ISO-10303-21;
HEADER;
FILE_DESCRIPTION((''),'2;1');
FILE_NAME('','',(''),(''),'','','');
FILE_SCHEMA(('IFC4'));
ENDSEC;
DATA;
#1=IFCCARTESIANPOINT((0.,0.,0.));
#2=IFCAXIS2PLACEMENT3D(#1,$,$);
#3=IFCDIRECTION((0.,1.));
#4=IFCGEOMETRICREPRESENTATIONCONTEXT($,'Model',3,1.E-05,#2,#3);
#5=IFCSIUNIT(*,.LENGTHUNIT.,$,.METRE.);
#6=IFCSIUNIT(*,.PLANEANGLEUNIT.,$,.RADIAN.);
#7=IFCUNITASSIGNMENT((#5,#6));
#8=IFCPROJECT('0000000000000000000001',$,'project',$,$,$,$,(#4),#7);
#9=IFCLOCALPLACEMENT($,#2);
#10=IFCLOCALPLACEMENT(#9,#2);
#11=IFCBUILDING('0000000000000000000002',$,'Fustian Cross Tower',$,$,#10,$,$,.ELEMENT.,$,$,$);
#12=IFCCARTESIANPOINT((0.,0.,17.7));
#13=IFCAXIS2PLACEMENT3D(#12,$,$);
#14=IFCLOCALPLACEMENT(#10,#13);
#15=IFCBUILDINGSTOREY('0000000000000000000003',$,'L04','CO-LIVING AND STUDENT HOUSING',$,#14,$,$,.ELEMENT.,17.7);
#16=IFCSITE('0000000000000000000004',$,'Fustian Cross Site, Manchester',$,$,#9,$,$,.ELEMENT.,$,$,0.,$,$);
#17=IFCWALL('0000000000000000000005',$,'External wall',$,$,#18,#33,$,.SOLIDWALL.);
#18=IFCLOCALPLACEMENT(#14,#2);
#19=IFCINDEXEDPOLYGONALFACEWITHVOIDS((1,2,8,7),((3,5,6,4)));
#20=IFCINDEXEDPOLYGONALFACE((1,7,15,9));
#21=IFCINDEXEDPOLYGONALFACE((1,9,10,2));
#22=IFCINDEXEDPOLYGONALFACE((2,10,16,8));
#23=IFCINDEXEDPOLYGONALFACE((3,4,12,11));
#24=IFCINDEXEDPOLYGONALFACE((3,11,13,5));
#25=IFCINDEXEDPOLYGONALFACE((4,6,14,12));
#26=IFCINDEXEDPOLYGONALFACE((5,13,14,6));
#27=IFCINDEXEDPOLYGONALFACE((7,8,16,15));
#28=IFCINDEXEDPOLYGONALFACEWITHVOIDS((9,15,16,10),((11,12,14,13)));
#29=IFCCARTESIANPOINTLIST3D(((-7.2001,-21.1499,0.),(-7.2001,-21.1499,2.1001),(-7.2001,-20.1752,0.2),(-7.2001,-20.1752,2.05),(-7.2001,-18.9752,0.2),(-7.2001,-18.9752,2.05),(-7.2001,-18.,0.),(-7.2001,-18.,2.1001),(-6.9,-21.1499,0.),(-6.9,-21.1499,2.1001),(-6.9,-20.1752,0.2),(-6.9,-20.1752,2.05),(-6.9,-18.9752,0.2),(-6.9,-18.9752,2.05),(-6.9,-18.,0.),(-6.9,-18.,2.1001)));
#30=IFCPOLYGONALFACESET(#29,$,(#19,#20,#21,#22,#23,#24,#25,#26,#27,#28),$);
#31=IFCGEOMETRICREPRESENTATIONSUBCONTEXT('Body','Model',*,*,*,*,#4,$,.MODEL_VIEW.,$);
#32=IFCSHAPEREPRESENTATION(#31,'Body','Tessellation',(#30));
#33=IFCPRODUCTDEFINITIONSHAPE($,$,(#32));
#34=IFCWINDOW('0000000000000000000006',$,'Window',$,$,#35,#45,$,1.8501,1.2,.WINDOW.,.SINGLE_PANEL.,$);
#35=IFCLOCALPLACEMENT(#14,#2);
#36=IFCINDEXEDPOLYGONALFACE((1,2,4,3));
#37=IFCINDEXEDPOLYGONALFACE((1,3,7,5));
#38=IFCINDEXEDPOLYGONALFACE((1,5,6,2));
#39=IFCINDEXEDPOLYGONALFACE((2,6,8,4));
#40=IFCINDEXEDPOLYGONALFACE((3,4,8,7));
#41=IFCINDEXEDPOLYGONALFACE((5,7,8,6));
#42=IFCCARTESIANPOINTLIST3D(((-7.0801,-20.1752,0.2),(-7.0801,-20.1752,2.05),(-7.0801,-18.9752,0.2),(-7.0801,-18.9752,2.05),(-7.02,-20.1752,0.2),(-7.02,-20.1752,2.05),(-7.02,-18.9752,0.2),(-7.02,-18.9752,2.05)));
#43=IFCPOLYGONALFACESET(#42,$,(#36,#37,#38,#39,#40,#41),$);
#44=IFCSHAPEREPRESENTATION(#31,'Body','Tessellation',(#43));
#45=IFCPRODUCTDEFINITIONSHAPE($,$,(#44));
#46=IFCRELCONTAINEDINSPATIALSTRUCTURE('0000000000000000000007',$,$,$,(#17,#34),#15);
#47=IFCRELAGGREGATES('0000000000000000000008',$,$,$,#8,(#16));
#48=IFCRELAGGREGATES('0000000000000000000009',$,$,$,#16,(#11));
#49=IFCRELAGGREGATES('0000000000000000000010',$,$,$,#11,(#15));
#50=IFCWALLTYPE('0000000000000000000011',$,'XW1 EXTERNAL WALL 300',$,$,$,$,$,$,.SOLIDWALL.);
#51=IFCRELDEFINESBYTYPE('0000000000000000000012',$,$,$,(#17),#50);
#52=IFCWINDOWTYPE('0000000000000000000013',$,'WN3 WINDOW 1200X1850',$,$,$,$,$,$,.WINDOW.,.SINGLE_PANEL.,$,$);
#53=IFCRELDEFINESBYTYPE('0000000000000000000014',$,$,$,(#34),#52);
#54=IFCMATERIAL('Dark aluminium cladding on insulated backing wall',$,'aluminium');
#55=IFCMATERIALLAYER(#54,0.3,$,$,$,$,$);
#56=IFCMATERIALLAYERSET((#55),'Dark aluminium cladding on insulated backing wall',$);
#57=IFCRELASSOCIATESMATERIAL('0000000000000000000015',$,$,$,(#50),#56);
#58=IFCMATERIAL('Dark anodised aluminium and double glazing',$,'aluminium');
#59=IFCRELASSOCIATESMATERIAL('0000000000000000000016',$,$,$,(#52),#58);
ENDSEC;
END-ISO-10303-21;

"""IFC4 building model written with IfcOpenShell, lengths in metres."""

from ifc_helpers import new_model, si_unit, direction, frame, frame_2d, origin, place, context, subcontext, project, spatial, rectangle, extrude, material, layer, layer_set, type_object, element, fill, save


model = new_model("IFC4")

# Units and contexts
model_context = context("Model", 3, precision=1e-05, world=origin(), true_north=direction((0.0, 1.0)))
body_context = subcontext(model_context, "Body", "Model", "MODEL_VIEW")
ifc_project = project(units=[si_unit("LENGTHUNIT", "METRE"), si_unit("PLANEANGLEUNIT", "RADIAN")], contexts=[model_context])

# Site, building, storey
site_placement = place(None, origin())
site = spatial("IfcSite", under=ifc_project, at=site_placement, Name="Fustian Cross Site, Manchester", CompositionType="ELEMENT", RefElevation=0.0)
building_placement = place(site_placement, origin())
building = spatial("IfcBuilding", under=site, at=building_placement, Name="Fustian Cross Tower", CompositionType="ELEMENT")
storey_placement = place(building_placement, frame((0.0, 0.0, 17.7)))
storey = spatial("IfcBuildingStorey", under=building, at=storey_placement, Name="L04", Description="CO-LIVING AND STUDENT HOUSING", CompositionType="ELEMENT", Elevation=17.7)

# Shared definitions
ifc_material_1 = material(Name="Dark aluminium cladding on insulated backing wall", Category="aluminium")
ifc_layer_1 = layer(ifc_material_1, 0.3)
ifc_layer_set_1 = layer_set([ifc_layer_1], Name="Dark aluminium cladding on insulated backing wall")
wall_type_1 = type_object("IfcWallType", Name="XW1 EXTERNAL WALL 300", PredefinedType="SOLIDWALL", material=ifc_layer_set_1)

# Wall, opening, window
ifc_material_2 = material(Name="Dark anodised aluminium and double glazing", Category="aluminium")
window_type = type_object("IfcWindowType", Name="WN3 WINDOW 1200X1850", PartitioningType="SINGLE_PANEL", PredefinedType="WINDOW", material=ifc_material_2)
wall_1_placement = place(storey_placement, frame((-7.05, -18.0, 0.0), z_axis=(0.0, 0.0, 1.0), x_axis=(0.0, -1.0, 0.0)))
wall_1 = element("IfcWall", 1, at=wall_1_placement, inside=storey, type_object=wall_type_1, Name="External wall", PredefinedType="SOLIDWALL", context=body_context, shape_type="SweptSolid", body=[
    extrude(rectangle(XDim=3.1499, YDim=0.3, at=frame_2d((1.575, 0.0))), origin(), (0.0, 0.0, 1.0), 2.1001),
])
opening_1_placement = place(wall_1_placement, frame((0.9751, 0.0, 0.2)))
opening_1 = element("IfcOpeningElement", 2, at=opening_1_placement, cuts=wall_1, PredefinedType="OPENING", context=body_context, shape_type="SweptSolid", body=[
    extrude(rectangle(XDim=1.2, YDim=1.8501, at=frame_2d((0.6001, 0.925))), frame((0.0, 0.1599, 0.0), z_axis=(0.0, -1.0, 0.0), x_axis=(1.0, 0.0, 0.0)), (0.0, 0.0, 1.0), 0.3201),
])
window_1_placement = place(opening_1_placement, origin())
window_1 = element("IfcWindow", 3, at=window_1_placement, inside=storey, type_object=window_type, Name="Window", OverallHeight=1.8501, OverallWidth=1.2, PartitioningType="SINGLE_PANEL", PredefinedType="WINDOW", context=body_context, shape_type="SweptSolid", body=[
    extrude(rectangle(XDim=1.2, YDim=1.8501, at=frame_2d((0.6001, 0.925))), frame((0.0, 0.03, 0.0), z_axis=(0.0, -1.0, 0.0), x_axis=(1.0, 0.0, 0.0)), (0.0, 0.0, 1.0), 0.0601),
])
fill(opening_1, window_1)

save(model, "model.ifc")
